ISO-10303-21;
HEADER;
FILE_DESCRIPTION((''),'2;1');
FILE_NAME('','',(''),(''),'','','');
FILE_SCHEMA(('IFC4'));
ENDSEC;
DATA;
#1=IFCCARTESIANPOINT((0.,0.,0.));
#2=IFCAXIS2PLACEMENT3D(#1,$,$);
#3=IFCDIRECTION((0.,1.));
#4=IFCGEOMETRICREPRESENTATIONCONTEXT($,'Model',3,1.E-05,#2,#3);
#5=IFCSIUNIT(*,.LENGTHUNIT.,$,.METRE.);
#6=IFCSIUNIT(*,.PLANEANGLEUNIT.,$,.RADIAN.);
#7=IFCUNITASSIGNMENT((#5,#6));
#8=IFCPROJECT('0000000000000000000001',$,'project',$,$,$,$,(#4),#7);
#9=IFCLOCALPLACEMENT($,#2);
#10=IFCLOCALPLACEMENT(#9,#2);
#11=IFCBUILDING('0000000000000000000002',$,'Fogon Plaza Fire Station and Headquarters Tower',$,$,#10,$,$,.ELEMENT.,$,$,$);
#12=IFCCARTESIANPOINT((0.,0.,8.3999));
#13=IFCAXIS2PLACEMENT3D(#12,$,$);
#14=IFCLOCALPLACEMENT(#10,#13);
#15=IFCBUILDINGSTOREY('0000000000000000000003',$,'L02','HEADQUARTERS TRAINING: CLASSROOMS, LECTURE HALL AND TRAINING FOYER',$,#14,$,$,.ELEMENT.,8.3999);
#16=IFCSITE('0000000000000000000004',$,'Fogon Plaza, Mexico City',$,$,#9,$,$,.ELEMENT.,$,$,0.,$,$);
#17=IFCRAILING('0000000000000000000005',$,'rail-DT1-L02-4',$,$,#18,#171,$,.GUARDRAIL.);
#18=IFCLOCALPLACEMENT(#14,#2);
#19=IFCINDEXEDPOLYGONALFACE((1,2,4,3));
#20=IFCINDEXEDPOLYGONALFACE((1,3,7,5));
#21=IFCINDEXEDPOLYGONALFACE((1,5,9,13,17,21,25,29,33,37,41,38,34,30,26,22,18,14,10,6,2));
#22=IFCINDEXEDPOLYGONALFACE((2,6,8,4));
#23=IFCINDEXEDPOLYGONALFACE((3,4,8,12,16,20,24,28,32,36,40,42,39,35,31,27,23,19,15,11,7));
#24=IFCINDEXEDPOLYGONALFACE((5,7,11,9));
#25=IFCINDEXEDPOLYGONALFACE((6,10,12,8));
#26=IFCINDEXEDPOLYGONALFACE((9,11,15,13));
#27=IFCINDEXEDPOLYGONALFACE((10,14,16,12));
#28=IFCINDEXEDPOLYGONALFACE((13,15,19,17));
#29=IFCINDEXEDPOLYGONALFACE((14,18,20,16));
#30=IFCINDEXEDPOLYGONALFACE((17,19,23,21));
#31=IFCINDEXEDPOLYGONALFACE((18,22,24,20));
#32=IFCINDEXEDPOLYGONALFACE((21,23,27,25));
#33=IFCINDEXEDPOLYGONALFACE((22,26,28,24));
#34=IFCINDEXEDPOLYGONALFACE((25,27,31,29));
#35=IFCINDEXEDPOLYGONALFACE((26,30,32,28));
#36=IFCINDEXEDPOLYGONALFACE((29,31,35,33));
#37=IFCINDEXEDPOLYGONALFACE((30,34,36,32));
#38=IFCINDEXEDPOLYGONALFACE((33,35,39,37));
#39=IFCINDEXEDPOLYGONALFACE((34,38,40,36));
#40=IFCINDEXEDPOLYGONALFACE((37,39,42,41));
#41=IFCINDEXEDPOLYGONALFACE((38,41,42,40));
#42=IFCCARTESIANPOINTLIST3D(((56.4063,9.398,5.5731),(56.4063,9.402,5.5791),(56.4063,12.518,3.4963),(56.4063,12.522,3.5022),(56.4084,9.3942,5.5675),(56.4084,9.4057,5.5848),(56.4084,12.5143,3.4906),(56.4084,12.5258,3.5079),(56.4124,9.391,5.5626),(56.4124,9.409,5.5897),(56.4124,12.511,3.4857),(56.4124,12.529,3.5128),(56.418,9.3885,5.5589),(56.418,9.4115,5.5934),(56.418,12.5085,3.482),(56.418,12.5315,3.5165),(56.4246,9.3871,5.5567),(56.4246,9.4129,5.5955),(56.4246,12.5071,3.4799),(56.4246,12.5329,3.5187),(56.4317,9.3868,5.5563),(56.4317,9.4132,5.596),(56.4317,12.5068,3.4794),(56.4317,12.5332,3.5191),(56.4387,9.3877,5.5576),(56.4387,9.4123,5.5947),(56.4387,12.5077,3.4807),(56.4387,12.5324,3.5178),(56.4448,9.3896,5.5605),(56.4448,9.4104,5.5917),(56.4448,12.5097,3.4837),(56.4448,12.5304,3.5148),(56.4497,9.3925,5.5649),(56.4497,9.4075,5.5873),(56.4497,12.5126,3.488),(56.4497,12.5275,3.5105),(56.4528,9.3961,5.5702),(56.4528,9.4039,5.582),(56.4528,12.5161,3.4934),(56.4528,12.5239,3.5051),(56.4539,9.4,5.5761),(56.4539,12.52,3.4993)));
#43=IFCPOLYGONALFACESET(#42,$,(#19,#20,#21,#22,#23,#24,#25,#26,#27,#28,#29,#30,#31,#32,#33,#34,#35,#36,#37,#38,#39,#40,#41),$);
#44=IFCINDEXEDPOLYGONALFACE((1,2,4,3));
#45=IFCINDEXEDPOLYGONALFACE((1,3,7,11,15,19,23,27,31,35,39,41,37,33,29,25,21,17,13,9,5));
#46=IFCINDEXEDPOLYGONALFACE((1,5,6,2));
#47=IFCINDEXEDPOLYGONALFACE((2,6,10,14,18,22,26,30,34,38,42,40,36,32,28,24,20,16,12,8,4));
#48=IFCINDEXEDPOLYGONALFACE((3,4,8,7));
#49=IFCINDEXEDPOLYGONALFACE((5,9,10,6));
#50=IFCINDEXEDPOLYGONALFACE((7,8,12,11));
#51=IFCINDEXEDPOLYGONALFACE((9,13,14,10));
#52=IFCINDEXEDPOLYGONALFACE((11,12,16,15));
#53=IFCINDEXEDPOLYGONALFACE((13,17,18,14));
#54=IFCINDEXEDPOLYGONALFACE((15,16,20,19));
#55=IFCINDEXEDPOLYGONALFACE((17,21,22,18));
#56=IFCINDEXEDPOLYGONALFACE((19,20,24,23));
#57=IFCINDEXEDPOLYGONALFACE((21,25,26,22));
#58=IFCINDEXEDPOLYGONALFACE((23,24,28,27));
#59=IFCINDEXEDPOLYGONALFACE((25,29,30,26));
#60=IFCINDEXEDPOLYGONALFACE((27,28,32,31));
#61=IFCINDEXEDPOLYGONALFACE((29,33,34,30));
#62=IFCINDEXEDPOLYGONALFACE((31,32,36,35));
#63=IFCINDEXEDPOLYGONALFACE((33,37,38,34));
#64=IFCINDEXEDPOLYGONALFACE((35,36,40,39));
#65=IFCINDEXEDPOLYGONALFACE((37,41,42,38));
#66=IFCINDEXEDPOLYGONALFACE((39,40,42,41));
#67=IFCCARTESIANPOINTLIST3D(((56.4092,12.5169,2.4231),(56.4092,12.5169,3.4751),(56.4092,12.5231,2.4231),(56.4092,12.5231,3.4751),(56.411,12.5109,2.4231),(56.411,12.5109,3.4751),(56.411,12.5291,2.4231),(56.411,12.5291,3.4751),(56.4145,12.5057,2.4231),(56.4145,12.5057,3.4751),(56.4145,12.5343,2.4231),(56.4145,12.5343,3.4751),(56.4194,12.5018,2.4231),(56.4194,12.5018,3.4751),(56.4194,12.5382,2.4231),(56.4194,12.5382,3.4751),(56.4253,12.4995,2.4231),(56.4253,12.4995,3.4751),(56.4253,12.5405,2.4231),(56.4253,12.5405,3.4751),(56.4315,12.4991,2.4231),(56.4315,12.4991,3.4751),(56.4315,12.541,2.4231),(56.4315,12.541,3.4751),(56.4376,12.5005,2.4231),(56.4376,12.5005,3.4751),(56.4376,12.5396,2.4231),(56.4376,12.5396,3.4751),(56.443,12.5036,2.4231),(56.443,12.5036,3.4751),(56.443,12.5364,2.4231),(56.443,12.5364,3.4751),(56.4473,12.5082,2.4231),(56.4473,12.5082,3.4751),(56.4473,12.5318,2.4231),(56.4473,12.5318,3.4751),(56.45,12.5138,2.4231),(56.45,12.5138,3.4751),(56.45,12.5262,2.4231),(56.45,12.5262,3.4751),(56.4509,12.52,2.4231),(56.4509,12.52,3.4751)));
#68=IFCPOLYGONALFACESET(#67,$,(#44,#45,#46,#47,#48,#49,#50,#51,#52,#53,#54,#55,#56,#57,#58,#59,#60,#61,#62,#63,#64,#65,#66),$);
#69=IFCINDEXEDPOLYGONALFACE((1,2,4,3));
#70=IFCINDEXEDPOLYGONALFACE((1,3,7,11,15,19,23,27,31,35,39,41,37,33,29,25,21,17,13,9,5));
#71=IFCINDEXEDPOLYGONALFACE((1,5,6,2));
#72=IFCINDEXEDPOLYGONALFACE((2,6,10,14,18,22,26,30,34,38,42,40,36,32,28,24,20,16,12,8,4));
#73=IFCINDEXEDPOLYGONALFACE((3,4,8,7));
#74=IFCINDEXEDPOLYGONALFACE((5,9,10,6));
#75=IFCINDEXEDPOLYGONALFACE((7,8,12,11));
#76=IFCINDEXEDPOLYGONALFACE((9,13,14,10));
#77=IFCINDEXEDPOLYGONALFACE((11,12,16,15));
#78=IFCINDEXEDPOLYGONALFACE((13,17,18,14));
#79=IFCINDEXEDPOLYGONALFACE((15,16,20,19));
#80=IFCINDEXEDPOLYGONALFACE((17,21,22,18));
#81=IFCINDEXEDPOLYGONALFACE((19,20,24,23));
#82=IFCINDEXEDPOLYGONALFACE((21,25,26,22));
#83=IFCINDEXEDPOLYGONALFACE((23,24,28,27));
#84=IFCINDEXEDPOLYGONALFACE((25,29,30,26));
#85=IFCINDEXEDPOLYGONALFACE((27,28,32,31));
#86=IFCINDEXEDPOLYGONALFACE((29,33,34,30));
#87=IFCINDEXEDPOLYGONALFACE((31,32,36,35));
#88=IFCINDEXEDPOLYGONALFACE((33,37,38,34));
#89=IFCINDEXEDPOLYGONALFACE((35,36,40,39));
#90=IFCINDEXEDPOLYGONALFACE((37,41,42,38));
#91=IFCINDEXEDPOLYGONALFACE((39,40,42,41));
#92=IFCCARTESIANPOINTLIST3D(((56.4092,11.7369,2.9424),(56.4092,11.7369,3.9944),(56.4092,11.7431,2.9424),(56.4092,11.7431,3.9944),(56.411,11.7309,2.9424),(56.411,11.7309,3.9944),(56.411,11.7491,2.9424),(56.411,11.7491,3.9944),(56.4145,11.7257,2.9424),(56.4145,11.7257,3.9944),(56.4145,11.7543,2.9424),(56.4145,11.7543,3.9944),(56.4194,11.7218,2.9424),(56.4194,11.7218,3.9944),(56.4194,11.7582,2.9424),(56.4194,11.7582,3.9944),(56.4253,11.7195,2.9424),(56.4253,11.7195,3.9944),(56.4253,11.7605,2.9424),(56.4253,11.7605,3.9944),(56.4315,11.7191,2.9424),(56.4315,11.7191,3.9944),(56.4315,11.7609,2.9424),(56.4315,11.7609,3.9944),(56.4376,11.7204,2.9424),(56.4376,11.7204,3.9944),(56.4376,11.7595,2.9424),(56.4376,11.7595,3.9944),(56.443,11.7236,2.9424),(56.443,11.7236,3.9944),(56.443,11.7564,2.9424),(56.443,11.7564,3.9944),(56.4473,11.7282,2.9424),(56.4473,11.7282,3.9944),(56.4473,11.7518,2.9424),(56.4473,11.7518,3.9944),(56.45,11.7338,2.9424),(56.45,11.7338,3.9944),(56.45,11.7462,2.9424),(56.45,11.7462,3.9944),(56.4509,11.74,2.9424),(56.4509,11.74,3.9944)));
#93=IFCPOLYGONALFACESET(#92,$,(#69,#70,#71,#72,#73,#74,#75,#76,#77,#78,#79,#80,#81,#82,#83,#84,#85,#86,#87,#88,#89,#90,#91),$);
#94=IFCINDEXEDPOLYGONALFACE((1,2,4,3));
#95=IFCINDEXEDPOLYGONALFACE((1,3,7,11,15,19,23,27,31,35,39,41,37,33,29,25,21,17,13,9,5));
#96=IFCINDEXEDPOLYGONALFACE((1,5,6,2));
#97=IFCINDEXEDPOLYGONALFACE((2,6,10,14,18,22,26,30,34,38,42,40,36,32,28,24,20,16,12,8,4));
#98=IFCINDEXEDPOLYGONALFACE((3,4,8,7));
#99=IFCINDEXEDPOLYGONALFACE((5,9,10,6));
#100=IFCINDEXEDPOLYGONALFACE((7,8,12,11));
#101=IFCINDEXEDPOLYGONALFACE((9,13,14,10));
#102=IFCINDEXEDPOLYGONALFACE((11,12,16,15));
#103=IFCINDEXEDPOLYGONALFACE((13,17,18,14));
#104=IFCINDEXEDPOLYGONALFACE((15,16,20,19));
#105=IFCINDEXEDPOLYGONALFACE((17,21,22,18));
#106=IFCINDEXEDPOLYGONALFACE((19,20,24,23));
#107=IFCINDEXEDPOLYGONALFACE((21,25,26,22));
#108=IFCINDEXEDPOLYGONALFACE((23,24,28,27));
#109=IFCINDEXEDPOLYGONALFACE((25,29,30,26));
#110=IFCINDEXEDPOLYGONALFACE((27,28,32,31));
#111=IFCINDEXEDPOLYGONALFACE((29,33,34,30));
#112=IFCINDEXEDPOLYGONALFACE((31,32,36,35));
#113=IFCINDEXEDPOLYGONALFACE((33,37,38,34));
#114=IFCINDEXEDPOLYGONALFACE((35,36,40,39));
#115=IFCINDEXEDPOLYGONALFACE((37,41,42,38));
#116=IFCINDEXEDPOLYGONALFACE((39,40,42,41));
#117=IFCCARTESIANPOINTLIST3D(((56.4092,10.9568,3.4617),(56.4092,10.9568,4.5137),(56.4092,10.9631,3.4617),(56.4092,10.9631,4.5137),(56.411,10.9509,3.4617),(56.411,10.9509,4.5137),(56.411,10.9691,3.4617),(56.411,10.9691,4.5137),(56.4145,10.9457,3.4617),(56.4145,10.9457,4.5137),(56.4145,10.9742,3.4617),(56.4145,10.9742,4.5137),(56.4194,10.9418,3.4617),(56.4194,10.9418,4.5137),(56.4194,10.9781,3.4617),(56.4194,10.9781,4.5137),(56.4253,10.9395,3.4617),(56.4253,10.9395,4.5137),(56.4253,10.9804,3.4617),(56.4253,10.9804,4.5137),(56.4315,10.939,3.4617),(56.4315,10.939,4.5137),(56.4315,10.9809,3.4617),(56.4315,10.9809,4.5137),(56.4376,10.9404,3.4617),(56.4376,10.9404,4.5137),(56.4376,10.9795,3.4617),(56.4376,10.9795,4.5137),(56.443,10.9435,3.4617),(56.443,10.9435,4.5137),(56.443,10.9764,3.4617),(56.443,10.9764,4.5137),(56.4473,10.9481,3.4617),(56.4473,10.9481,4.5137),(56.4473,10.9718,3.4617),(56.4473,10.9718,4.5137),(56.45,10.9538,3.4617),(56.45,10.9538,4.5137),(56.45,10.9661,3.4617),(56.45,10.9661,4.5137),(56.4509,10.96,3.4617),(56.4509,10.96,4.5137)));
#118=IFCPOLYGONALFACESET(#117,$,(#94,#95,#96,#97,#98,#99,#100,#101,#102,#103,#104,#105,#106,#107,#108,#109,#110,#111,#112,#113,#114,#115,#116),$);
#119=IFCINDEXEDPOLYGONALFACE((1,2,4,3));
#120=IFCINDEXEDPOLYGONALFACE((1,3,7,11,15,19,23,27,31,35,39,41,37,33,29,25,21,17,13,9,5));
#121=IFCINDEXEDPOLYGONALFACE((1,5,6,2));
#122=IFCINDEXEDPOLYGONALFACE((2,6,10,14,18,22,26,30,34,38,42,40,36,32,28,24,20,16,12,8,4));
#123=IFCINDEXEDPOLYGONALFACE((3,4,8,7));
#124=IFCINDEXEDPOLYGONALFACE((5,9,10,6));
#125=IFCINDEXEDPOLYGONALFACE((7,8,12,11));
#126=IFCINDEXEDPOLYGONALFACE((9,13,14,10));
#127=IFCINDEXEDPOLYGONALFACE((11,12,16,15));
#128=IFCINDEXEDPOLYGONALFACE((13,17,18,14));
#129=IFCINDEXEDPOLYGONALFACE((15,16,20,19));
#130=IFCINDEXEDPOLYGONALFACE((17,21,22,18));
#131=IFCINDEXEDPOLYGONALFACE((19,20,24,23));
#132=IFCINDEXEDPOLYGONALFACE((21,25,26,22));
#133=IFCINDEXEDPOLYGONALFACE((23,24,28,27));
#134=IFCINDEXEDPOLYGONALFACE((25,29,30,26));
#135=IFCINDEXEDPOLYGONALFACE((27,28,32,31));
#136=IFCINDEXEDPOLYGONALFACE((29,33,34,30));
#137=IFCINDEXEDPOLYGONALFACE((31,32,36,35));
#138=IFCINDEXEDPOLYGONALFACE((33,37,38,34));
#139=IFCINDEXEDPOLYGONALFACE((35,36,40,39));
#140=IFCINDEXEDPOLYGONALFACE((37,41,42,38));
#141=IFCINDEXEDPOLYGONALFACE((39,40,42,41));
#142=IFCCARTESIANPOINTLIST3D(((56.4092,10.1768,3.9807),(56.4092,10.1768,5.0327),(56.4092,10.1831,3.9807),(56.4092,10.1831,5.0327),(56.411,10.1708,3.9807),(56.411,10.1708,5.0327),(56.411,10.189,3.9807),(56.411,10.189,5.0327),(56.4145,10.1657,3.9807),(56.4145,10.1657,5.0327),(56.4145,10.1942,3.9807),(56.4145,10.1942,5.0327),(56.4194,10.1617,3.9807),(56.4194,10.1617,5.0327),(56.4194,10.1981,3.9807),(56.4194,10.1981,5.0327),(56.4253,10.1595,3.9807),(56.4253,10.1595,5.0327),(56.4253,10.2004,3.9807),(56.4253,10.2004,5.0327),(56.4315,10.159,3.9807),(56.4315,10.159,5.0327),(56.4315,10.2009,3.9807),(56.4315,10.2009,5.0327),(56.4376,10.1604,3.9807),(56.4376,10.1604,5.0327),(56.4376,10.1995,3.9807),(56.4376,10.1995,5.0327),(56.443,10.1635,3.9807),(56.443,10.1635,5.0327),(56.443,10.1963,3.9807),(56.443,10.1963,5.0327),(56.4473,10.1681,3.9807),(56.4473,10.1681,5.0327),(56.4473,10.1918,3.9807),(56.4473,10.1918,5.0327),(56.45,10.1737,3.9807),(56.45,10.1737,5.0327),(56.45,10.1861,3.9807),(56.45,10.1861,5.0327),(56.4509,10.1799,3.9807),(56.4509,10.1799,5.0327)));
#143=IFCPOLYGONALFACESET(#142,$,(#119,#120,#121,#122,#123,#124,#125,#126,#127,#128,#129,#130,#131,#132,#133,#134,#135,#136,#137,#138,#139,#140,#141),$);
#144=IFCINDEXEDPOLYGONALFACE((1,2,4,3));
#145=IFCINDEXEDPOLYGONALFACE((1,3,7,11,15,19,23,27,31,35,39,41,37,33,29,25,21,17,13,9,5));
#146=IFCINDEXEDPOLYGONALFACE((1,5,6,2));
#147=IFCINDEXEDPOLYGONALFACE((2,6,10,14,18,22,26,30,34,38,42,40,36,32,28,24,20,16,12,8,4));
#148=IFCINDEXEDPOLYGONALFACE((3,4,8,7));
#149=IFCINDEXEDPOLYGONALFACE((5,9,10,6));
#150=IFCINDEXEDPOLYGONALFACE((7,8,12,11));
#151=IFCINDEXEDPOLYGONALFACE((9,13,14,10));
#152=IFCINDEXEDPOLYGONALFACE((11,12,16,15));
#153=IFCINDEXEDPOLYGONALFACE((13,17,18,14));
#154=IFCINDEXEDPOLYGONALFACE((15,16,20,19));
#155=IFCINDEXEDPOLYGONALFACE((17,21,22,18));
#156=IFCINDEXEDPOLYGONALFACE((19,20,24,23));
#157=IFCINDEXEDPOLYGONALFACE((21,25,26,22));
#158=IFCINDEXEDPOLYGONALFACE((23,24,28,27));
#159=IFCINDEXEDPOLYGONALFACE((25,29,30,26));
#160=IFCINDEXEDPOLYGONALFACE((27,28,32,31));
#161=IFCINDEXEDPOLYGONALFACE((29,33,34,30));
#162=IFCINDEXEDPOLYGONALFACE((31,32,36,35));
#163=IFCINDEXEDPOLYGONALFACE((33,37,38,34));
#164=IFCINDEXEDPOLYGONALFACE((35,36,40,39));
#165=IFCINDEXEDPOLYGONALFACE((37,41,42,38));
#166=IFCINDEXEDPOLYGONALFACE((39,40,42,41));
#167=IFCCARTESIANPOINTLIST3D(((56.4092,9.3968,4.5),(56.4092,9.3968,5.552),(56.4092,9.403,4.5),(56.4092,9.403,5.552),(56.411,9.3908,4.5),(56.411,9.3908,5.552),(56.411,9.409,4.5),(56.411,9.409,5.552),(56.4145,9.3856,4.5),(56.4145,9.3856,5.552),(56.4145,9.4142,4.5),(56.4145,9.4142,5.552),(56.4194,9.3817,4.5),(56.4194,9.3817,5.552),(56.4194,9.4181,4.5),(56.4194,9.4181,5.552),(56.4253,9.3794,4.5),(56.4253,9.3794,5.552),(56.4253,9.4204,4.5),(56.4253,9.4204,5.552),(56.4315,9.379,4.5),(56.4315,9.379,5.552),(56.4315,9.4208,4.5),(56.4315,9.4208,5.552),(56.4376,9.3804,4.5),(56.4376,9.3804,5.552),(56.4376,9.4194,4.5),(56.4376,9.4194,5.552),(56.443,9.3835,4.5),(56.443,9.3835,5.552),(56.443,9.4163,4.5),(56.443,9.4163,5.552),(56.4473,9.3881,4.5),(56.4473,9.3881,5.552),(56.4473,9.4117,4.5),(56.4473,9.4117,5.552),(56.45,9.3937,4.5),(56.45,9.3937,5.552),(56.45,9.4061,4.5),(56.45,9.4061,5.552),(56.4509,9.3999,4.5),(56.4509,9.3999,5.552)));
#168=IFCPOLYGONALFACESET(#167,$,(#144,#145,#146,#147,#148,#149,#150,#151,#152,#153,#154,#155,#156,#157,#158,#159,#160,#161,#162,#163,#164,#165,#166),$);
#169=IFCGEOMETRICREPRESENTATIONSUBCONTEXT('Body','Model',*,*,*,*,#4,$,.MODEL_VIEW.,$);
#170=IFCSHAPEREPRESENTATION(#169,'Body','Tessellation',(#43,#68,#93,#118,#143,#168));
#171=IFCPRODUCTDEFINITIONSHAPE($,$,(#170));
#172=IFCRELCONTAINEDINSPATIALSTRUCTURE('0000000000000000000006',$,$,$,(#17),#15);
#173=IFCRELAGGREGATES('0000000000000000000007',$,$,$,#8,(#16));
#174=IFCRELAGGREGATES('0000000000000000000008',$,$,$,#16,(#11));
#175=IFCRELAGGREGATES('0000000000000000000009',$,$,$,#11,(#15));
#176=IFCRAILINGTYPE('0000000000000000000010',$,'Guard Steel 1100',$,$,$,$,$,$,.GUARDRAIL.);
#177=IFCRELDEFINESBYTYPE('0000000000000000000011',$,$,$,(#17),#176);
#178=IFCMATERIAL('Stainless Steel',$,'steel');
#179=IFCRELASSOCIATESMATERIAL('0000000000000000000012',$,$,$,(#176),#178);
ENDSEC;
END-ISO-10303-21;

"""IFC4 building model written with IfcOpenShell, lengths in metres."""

from ifc_helpers import new_model, si_unit, direction, frame, origin, origin_2d, place, context, subcontext, project, spatial, circle, extrude, material, type_object, element, save


model = new_model("IFC4")

# Units and contexts
model_context = context("Model", 3, precision=1e-05, world=origin(), true_north=direction((0.0, 1.0)))
body_context = subcontext(model_context, "Body", "Model", "MODEL_VIEW")
ifc_project = project(units=[si_unit("LENGTHUNIT", "METRE"), si_unit("PLANEANGLEUNIT", "RADIAN")], contexts=[model_context])

# Site, building, storey
site_placement = place(None, origin())
site = spatial("IfcSite", under=ifc_project, at=site_placement, Name="Fogon Plaza, Mexico City", CompositionType="ELEMENT", RefElevation=0.0)
building_placement = place(site_placement, origin())
building = spatial("IfcBuilding", under=site, at=building_placement, Name="Fogon Plaza Fire Station and Headquarters Tower", CompositionType="ELEMENT")
storey_placement = place(building_placement, frame((0.0, 0.0, 8.3999)))
storey = spatial("IfcBuildingStorey", under=building, at=storey_placement, Name="L02", Description="HEADQUARTERS TRAINING: CLASSROOMS, LECTURE HALL AND TRAINING FOYER", CompositionType="ELEMENT", Elevation=8.3999)

# Railing
ifc_material_1 = material(Name="Stainless Steel", Category="steel")
railing_type_1 = type_object("IfcRailingType", Name="Guard Steel 1100", PredefinedType="GUARDRAIL", material=ifc_material_1)
railing_1_placement = place(storey_placement, frame((56.4299, 12.52, 2.4231)))
element("IfcRailing", 1, at=railing_1_placement, inside=storey, type_object=railing_type_1, Name="rail-DT1-L02-4", PredefinedType="GUARDRAIL", context=body_context, shape_type="SweptSolid", body=[
    extrude(circle(Radius=0.0239, at=origin_2d()), frame((0.0, 0.0, 1.0762), z_axis=(0.0, -0.832441, 0.554114), x_axis=(1.0, 0.0, 0.0)), (0.0, 0.0, 1.0), 3.748),
    extrude(circle(Radius=0.021, at=origin_2d()), origin(), (0.0, 0.0, 1.0), 1.052),
    extrude(circle(Radius=0.021, at=origin_2d()), frame((0.0, -0.78, 0.5193)), (0.0, 0.0, 1.0), 1.052),
    extrude(circle(Radius=0.021, at=origin_2d()), frame((0.0, -1.5601, 1.0386)), (0.0, 0.0, 1.0), 1.052),
    extrude(circle(Radius=0.021, at=origin_2d()), frame((0.0, -2.3401, 1.5576)), (0.0, 0.0, 1.0), 1.052),
    extrude(circle(Radius=0.021, at=origin_2d()), frame((0.0, -3.1201, 2.0769)), (0.0, 0.0, 1.0), 1.052),
])

save(model, "model.ifc")
